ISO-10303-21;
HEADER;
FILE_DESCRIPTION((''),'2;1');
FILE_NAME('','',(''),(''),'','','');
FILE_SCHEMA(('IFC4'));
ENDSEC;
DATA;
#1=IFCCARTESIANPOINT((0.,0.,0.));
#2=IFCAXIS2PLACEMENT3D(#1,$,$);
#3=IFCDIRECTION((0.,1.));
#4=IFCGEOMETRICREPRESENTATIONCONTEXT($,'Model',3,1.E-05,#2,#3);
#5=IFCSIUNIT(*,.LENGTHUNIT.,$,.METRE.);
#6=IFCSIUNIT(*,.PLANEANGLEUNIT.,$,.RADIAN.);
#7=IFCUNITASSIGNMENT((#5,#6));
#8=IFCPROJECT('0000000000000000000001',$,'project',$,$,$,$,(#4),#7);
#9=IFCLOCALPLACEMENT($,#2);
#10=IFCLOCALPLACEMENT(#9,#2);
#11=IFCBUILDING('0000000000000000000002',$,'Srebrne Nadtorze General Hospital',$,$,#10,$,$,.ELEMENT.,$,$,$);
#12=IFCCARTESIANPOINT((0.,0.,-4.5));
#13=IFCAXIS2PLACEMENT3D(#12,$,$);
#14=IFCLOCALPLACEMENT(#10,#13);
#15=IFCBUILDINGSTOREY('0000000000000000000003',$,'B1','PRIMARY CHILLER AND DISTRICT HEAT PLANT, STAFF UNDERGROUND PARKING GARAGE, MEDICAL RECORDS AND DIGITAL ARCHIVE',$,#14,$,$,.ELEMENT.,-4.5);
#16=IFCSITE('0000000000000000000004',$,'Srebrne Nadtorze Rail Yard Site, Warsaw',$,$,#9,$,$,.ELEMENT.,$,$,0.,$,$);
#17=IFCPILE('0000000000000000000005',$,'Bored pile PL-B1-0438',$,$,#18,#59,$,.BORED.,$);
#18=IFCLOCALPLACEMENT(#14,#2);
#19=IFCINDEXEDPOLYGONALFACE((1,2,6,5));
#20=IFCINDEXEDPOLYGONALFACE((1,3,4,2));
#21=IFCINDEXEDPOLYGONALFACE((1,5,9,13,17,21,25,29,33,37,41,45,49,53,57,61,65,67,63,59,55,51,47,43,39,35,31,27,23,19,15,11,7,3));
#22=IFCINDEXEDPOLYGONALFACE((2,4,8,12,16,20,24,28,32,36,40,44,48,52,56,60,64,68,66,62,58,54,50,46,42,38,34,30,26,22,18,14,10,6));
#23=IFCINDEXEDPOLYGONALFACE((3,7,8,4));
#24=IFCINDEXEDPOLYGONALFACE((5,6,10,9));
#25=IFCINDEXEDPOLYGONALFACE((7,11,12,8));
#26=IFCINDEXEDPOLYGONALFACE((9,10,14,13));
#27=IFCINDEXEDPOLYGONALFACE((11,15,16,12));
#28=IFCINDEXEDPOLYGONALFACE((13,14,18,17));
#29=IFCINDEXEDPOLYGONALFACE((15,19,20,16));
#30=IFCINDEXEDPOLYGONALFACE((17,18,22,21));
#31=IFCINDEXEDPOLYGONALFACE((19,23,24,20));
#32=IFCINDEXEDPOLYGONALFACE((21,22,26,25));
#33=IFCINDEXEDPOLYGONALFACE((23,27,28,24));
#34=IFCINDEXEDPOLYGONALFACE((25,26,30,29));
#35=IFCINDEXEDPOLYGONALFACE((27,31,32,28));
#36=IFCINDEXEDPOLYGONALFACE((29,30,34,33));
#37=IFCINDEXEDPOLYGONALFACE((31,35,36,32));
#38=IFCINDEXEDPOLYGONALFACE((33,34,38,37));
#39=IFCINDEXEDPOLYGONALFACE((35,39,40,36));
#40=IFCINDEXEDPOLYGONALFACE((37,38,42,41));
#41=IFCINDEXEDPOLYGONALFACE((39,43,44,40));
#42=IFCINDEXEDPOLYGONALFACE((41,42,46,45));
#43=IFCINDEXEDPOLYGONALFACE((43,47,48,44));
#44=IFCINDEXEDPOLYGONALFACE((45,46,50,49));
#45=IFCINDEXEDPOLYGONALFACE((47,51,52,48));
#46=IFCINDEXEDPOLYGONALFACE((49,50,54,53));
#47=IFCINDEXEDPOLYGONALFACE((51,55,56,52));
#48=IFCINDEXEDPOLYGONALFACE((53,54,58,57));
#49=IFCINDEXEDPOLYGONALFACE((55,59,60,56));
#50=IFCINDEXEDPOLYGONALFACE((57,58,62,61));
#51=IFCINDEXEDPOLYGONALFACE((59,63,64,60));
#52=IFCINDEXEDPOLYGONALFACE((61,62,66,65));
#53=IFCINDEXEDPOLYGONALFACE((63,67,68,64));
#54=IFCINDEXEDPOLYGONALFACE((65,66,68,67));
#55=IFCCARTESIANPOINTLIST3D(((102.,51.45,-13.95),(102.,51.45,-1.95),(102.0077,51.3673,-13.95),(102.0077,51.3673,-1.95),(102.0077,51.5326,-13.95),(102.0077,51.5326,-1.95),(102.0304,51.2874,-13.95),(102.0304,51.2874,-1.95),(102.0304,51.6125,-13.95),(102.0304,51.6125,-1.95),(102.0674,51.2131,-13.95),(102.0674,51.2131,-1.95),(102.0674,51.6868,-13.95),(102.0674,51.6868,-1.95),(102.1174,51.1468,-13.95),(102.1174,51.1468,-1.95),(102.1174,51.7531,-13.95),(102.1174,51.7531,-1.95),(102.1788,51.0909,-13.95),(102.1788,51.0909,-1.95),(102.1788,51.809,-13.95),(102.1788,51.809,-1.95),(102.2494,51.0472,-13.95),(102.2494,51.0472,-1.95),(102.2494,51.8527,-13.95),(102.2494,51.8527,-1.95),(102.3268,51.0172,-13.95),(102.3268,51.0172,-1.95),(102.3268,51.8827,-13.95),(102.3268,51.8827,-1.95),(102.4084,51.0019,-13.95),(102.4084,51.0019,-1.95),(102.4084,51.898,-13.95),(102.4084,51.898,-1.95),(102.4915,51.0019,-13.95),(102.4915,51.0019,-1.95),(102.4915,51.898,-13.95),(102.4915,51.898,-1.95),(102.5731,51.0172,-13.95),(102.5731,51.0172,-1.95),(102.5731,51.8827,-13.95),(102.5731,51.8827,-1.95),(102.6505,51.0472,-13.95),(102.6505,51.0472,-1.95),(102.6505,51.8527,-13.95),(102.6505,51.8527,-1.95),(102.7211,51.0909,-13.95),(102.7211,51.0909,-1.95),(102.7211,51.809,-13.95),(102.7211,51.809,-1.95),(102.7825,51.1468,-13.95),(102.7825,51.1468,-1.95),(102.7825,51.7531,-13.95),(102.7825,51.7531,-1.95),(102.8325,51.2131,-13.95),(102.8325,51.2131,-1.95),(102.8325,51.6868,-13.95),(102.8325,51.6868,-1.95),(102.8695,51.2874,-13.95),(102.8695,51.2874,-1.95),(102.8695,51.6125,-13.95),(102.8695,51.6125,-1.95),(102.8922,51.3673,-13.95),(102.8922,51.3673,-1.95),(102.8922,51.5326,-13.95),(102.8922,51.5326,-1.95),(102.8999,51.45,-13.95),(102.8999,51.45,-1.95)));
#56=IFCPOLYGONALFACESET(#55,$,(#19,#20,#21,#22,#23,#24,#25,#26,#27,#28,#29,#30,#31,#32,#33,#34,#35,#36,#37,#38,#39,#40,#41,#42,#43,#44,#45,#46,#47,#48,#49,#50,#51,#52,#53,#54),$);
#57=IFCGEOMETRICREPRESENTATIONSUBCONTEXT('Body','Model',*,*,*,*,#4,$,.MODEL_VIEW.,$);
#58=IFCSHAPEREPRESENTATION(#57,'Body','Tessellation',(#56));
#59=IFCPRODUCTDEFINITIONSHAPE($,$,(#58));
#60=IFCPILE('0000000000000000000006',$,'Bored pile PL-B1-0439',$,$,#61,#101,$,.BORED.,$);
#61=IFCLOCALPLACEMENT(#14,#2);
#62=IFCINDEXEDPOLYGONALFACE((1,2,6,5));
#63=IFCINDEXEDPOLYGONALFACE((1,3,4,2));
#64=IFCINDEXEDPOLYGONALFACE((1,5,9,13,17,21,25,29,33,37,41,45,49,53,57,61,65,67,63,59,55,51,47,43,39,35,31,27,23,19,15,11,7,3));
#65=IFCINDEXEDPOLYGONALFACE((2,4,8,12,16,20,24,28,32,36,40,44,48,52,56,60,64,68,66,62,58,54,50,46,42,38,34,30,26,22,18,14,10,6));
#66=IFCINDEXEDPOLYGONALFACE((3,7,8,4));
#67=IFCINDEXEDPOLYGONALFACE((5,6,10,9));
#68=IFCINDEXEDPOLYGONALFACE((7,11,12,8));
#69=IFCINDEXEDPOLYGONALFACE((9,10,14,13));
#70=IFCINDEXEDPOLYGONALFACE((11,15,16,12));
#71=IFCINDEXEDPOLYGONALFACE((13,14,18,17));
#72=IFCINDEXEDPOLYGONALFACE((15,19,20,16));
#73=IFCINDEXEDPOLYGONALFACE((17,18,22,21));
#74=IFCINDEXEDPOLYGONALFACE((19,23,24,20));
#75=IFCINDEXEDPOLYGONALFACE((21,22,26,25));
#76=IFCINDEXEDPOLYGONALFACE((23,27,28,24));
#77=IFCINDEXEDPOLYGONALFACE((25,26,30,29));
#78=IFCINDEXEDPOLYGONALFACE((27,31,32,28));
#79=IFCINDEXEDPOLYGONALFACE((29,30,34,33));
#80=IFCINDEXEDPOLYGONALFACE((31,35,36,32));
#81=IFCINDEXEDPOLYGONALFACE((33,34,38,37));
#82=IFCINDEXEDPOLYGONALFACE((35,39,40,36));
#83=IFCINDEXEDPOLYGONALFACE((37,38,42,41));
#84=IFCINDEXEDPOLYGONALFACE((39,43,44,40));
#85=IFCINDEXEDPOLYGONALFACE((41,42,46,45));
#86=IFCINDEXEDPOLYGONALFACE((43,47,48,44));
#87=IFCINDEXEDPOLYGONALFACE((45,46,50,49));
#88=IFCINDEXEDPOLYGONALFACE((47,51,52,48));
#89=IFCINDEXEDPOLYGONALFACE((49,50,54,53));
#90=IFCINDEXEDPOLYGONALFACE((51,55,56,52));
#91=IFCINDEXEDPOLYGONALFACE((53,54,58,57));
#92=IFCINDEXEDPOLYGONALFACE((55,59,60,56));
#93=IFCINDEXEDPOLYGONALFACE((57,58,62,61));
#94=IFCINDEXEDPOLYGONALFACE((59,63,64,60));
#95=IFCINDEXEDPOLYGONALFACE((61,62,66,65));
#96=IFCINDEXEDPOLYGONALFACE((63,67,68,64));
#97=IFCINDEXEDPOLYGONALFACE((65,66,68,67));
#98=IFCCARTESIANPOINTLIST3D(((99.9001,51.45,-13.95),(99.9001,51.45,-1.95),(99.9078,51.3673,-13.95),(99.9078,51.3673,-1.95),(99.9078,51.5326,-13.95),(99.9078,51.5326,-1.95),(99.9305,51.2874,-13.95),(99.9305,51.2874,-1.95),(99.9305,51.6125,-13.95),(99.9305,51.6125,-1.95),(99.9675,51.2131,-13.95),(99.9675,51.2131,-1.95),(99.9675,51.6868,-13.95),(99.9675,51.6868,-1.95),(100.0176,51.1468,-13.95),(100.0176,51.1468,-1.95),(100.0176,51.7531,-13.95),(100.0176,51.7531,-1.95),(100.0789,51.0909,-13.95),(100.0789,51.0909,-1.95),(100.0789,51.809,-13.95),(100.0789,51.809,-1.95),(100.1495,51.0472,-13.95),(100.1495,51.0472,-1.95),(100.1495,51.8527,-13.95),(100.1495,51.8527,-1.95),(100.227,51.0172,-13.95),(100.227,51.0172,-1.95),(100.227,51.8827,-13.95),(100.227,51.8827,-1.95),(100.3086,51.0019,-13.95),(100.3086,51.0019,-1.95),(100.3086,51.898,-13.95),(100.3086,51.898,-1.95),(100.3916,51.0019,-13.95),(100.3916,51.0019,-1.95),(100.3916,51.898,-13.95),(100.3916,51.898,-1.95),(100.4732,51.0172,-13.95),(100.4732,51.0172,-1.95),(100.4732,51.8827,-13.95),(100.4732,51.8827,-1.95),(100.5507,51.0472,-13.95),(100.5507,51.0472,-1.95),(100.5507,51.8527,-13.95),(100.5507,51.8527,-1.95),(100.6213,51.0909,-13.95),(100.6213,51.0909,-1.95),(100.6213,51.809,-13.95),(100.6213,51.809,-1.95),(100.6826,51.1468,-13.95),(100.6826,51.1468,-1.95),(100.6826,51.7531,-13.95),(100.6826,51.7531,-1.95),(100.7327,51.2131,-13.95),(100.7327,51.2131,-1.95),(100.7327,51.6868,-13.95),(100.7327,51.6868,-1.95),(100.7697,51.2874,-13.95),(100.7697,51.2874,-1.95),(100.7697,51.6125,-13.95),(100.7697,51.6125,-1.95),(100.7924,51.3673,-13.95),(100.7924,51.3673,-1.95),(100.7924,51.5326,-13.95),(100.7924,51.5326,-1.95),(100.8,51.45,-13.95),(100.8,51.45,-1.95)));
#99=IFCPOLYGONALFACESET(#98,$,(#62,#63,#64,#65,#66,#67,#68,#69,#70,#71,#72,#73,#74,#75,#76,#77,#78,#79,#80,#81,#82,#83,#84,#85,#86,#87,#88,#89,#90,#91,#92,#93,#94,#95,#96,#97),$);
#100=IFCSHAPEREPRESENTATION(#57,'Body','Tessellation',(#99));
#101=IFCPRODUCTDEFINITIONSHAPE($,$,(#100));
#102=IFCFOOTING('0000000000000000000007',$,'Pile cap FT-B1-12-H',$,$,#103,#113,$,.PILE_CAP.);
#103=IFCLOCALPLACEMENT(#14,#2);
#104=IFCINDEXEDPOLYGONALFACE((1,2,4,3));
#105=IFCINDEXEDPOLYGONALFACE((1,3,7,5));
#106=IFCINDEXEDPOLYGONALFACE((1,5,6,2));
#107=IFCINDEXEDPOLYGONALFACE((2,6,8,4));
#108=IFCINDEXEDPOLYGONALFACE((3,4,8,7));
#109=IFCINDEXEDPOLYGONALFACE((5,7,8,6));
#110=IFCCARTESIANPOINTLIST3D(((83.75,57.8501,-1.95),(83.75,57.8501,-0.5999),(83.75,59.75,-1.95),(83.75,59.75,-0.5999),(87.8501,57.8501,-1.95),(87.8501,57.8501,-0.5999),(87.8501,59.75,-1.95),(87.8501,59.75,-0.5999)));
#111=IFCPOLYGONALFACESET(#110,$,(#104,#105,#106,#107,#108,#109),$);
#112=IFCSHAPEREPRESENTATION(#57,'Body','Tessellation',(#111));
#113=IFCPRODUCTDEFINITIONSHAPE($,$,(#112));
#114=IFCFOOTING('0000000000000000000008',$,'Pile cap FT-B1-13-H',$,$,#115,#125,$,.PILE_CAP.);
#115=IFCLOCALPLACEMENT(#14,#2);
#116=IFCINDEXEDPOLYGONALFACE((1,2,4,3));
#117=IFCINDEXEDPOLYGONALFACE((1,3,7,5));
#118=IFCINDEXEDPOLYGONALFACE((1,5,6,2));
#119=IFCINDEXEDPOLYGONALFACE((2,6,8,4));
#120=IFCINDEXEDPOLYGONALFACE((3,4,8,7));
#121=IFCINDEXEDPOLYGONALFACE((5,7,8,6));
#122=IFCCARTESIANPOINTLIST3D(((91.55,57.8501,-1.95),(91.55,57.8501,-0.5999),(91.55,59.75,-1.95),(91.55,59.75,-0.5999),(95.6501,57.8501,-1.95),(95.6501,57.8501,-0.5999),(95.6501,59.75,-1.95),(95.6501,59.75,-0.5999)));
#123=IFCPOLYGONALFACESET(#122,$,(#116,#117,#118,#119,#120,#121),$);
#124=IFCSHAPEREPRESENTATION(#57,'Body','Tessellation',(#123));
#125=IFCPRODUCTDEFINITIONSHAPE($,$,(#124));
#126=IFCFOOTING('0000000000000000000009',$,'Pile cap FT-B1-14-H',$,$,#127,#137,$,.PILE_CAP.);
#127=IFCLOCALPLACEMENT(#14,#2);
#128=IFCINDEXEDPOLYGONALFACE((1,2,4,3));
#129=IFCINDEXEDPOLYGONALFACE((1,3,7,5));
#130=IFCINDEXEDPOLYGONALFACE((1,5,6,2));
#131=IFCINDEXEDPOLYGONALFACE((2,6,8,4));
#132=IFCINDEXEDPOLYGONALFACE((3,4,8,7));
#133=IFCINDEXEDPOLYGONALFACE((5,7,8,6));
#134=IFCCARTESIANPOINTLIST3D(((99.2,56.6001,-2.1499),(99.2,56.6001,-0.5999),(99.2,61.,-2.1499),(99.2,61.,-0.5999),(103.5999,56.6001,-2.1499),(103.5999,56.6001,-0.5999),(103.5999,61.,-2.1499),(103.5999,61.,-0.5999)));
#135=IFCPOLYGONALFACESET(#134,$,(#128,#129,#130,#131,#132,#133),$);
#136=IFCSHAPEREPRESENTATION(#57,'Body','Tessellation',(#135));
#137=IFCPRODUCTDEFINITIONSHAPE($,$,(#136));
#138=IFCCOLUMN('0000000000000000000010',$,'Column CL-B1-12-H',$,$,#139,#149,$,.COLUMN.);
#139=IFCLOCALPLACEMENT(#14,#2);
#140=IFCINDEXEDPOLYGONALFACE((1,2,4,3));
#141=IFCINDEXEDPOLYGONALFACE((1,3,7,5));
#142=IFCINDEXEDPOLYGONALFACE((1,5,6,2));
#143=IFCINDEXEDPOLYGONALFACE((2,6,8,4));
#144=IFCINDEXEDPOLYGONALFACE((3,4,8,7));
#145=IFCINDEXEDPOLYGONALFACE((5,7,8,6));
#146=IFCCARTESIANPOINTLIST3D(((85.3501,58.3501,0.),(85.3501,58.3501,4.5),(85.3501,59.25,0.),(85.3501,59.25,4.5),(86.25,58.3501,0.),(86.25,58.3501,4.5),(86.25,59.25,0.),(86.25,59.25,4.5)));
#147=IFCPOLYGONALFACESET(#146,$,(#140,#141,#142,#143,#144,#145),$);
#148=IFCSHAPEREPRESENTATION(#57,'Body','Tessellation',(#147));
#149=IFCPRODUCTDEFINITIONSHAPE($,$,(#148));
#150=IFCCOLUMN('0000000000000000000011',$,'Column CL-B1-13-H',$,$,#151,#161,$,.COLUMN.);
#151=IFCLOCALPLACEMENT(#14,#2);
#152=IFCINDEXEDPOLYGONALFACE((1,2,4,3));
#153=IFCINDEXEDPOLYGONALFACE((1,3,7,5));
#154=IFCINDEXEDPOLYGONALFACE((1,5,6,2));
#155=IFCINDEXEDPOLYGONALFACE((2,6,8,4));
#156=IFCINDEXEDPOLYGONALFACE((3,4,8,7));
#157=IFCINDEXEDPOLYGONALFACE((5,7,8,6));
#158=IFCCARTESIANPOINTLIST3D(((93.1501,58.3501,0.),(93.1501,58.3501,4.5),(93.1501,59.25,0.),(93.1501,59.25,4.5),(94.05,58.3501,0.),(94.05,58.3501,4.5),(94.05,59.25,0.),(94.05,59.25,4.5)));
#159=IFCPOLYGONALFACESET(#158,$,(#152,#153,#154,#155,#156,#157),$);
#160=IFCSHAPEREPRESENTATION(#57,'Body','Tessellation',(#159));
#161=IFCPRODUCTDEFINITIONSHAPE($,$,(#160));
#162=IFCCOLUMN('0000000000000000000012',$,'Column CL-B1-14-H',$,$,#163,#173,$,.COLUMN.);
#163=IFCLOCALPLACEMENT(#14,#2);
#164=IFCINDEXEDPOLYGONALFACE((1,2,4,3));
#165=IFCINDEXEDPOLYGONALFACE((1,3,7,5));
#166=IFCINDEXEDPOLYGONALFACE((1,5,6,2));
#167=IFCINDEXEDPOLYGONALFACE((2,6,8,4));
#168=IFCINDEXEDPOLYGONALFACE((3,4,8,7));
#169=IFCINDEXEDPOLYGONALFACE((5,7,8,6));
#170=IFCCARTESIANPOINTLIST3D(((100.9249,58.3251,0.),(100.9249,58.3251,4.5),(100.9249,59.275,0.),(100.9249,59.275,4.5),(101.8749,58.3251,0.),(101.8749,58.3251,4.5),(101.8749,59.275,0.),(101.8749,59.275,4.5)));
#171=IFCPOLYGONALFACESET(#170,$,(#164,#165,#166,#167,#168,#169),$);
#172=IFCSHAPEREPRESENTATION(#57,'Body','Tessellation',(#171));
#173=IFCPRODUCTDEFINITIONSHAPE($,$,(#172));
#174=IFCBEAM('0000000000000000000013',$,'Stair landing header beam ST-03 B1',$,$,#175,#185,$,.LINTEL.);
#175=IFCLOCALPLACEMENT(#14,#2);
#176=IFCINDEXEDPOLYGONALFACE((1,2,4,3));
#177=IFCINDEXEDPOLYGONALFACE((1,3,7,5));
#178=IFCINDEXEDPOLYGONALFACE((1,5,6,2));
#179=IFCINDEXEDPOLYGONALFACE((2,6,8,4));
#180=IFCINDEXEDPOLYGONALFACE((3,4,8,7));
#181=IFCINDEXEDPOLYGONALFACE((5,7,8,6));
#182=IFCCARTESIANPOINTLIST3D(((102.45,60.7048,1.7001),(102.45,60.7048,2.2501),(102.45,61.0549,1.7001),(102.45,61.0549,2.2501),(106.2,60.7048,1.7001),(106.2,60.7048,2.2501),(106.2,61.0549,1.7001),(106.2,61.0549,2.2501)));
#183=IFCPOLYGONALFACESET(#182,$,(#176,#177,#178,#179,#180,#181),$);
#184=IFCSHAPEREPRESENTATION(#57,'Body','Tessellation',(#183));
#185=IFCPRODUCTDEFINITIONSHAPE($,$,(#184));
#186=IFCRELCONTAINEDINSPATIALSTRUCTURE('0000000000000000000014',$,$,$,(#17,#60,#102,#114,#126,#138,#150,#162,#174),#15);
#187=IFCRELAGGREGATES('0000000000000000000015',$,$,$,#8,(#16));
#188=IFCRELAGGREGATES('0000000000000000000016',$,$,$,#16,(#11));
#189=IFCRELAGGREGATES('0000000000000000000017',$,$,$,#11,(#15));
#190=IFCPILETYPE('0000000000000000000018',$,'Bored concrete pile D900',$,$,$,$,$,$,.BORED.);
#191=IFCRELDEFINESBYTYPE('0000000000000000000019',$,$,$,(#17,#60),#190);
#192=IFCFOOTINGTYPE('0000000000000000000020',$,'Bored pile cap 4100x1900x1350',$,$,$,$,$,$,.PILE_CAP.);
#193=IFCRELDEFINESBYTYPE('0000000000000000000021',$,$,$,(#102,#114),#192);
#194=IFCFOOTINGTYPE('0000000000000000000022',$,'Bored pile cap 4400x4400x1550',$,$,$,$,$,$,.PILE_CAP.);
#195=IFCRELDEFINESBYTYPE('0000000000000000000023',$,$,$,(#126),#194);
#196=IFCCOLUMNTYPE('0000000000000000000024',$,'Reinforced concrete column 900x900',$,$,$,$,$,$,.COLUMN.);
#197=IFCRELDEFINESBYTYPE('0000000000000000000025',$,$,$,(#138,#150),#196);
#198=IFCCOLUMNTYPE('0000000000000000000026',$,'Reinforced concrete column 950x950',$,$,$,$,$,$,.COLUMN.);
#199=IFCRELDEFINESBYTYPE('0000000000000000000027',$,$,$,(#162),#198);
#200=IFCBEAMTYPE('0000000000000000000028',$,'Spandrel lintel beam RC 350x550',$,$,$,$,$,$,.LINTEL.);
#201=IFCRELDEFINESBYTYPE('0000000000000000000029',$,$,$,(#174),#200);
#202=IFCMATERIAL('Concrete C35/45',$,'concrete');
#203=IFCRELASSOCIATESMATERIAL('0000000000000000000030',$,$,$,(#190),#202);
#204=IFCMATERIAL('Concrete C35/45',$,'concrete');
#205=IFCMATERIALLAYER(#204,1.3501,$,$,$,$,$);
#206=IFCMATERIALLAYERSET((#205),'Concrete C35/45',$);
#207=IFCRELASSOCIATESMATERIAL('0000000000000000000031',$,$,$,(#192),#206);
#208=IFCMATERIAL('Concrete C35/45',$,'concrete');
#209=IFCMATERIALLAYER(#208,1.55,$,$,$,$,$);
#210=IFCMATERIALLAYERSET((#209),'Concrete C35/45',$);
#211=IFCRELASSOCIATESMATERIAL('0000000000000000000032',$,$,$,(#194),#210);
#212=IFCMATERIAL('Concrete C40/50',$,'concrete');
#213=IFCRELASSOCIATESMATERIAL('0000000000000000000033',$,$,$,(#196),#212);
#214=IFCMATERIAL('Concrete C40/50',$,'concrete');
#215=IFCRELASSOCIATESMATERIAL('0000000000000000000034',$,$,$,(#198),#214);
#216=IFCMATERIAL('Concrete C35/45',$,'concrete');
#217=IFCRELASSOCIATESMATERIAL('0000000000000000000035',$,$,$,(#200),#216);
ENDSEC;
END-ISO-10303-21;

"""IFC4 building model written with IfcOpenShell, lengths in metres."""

from ifc_helpers import new_model, si_unit, direction, frame, origin, origin_2d, place, context, subcontext, project, spatial, rectangle, circle, extrude, material, layer, layer_set, material_profile, profile_set, type_object, element, save


model = new_model("IFC4")

# Units and contexts
model_context = context("Model", 3, precision=1e-05, world=origin(), true_north=direction((0.0, 1.0)))
body_context = subcontext(model_context, "Body", "Model", "MODEL_VIEW")
ifc_project = project(units=[si_unit("LENGTHUNIT", "METRE"), si_unit("PLANEANGLEUNIT", "RADIAN")], contexts=[model_context])

# Site, building, storey
site_placement = place(None, origin())
site = spatial("IfcSite", under=ifc_project, at=site_placement, Name="Srebrne Nadtorze Rail Yard Site, Warsaw", CompositionType="ELEMENT", RefElevation=0.0)
building_placement = place(site_placement, origin())
building = spatial("IfcBuilding", under=site, at=building_placement, Name="Srebrne Nadtorze General Hospital", CompositionType="ELEMENT")
storey_placement = place(building_placement, frame((0.0, 0.0, -4.5)))
storey = spatial("IfcBuildingStorey", under=building, at=storey_placement, Name="B1", Description="PRIMARY CHILLER AND DISTRICT HEAT PLANT, STAFF UNDERGROUND PARKING GARAGE, MEDICAL RECORDS AND DIGITAL ARCHIVE", CompositionType="ELEMENT", Elevation=-4.5)

# Piles
ifc_material_1 = material(Name="Concrete C35/45", Category="concrete")
ifc_material_profile_1 = material_profile(ifc_material_1, circle(Radius=0.45, at=origin_2d()), Name="PILE-D900")
ifc_profile_set_1 = profile_set([ifc_material_profile_1], Name="Concrete C35/45")
pile_type_1 = type_object("IfcPileType", Name="Bored concrete pile D900", PredefinedType="BORED", material=ifc_profile_set_1)
for number, where, z_axis, x_axis, name in (
    (1, (102.45, 51.45, -1.95), (0.0, 0.0, -1.0), (1.0, 0.0, 0.0), "Bored pile PL-B1-0438"),
    (2, (100.3501, 51.45, -1.95), (0.0, 0.0, -1.0), (1.0, 0.0, 0.0), "Bored pile PL-B1-0439"),
):
    element("IfcPile", number, at=place(storey_placement, frame(where, z_axis=z_axis, x_axis=x_axis)), inside=storey, type_object=pile_type_1, Name=name, PredefinedType="BORED", context=body_context, shape_type="SweptSolid", body=[
        extrude(circle(Radius=0.45, at=origin_2d()), origin(), (0.0, 0.0, 1.0), 12.0),
    ])

# Footings
ifc_material_2 = material(Name="Concrete C35/45", Category="concrete")
ifc_layer_1 = layer(ifc_material_2, 1.3501)
ifc_layer_set_1 = layer_set([ifc_layer_1], Name="Concrete C35/45")
footing_type_1 = type_object("IfcFootingType", Name="Bored pile cap 4100x1900x1350", PredefinedType="PILE_CAP", material=ifc_layer_set_1)
for number, where, z_axis, x_axis, name in (
    (3, (85.8, 58.8, -1.95), (0.0, 0.0, 1.0), (1.0, 0.0, 0.0), "Pile cap FT-B1-12-H"),
    (4, (93.6001, 58.8, -1.95), (0.0, 0.0, 1.0), (1.0, 0.0, 0.0), "Pile cap FT-B1-13-H"),
):
    element("IfcFooting", number, at=place(storey_placement, frame(where, z_axis=z_axis, x_axis=x_axis)), inside=storey, type_object=footing_type_1, Name=name, PredefinedType="PILE_CAP", context=body_context, shape_type="SweptSolid", body=[
        extrude(rectangle(XDim=4.1001, YDim=1.8999, at=origin_2d()), origin(), (0.0, 0.0, 1.0), 1.3501),
    ])
ifc_material_3 = material(Name="Concrete C35/45", Category="concrete")
ifc_layer_2 = layer(ifc_material_3, 1.55)
ifc_layer_set_2 = layer_set([ifc_layer_2], Name="Concrete C35/45")
footing_type_2 = type_object("IfcFootingType", Name="Bored pile cap 4400x4400x1550", PredefinedType="PILE_CAP", material=ifc_layer_set_2)
footing_placement = place(storey_placement, frame((101.3999, 58.8, -2.1499), z_axis=(0.0, 0.0, 1.0), x_axis=(1.0, 0.0, 0.0)))
element("IfcFooting", 5, at=footing_placement, inside=storey, type_object=footing_type_2, Name="Pile cap FT-B1-14-H", PredefinedType="PILE_CAP", context=body_context, shape_type="SweptSolid", body=[
    extrude(rectangle(XDim=4.3999, YDim=4.3999, at=origin_2d()), origin(), (0.0, 0.0, 1.0), 1.55),
])

# Columns
ifc_material_4 = material(Name="Concrete C40/50", Category="concrete")
ifc_material_profile_2 = material_profile(ifc_material_4, rectangle(XDim=0.8999, YDim=0.8999, at=origin_2d()), Name="RC-COL-900x900")
ifc_profile_set_2 = profile_set([ifc_material_profile_2], Name="Concrete C40/50")
column_type_1 = type_object("IfcColumnType", Name="Reinforced concrete column 900x900", PredefinedType="COLUMN", material=ifc_profile_set_2)
for number, where, z_axis, x_axis, name in (
    (6, (85.8, 58.8, 0.0), (0.0, 0.0, 1.0), (1.0, 0.0, 0.0), "Column CL-B1-12-H"),
    (7, (93.6001, 58.8, 0.0), (0.0, 0.0, 1.0), (1.0, 0.0, 0.0), "Column CL-B1-13-H"),
):
    element("IfcColumn", number, at=place(storey_placement, frame(where, z_axis=z_axis, x_axis=x_axis)), inside=storey, type_object=column_type_1, Name=name, PredefinedType="COLUMN", context=body_context, shape_type="SweptSolid", body=[
        extrude(rectangle(XDim=0.8999, YDim=0.8999, at=origin_2d()), origin(), (0.0, 0.0, 1.0), 4.5),
    ])
ifc_material_5 = material(Name="Concrete C40/50", Category="concrete")
ifc_material_profile_3 = material_profile(ifc_material_5, rectangle(XDim=0.95, YDim=0.95, at=origin_2d()), Name="RC-COL-950x950")
ifc_profile_set_3 = profile_set([ifc_material_profile_3], Name="Concrete C40/50")
column_type_2 = type_object("IfcColumnType", Name="Reinforced concrete column 950x950", PredefinedType="COLUMN", material=ifc_profile_set_3)
column_placement = place(storey_placement, frame((101.3999, 58.8, 0.0), z_axis=(0.0, 0.0, 1.0), x_axis=(1.0, 0.0, 0.0)))
element("IfcColumn", 8, at=column_placement, inside=storey, type_object=column_type_2, Name="Column CL-B1-14-H", PredefinedType="COLUMN", context=body_context, shape_type="SweptSolid", body=[
    extrude(rectangle(XDim=0.95, YDim=0.95, at=origin_2d()), origin(), (0.0, 0.0, 1.0), 4.5),
])

# Beam
ifc_material_6 = material(Name="Concrete C35/45", Category="concrete")
ifc_material_profile_4 = material_profile(ifc_material_6, rectangle(XDim=0.3501, YDim=0.55, at=origin_2d()), Name="RC-BM-350x550")
ifc_profile_set_4 = profile_set([ifc_material_profile_4], Name="Concrete C35/45")
beam_type = type_object("IfcBeamType", Name="Spandrel lintel beam RC 350x550", PredefinedType="LINTEL", material=ifc_profile_set_4)
beam_placement = place(storey_placement, frame((102.45, 60.8799, 1.9751), z_axis=(1.0, 0.0, 0.0), x_axis=(0.0, 1.0, 0.0)))
element("IfcBeam", 9, at=beam_placement, inside=storey, type_object=beam_type, Name="Stair landing header beam ST-03 B1", PredefinedType="LINTEL", context=body_context, shape_type="SweptSolid", body=[
    extrude(rectangle(XDim=0.3501, YDim=0.55, at=origin_2d()), origin(), (0.0, 0.0, 1.0), 3.75),
])

save(model, "model.ifc")
